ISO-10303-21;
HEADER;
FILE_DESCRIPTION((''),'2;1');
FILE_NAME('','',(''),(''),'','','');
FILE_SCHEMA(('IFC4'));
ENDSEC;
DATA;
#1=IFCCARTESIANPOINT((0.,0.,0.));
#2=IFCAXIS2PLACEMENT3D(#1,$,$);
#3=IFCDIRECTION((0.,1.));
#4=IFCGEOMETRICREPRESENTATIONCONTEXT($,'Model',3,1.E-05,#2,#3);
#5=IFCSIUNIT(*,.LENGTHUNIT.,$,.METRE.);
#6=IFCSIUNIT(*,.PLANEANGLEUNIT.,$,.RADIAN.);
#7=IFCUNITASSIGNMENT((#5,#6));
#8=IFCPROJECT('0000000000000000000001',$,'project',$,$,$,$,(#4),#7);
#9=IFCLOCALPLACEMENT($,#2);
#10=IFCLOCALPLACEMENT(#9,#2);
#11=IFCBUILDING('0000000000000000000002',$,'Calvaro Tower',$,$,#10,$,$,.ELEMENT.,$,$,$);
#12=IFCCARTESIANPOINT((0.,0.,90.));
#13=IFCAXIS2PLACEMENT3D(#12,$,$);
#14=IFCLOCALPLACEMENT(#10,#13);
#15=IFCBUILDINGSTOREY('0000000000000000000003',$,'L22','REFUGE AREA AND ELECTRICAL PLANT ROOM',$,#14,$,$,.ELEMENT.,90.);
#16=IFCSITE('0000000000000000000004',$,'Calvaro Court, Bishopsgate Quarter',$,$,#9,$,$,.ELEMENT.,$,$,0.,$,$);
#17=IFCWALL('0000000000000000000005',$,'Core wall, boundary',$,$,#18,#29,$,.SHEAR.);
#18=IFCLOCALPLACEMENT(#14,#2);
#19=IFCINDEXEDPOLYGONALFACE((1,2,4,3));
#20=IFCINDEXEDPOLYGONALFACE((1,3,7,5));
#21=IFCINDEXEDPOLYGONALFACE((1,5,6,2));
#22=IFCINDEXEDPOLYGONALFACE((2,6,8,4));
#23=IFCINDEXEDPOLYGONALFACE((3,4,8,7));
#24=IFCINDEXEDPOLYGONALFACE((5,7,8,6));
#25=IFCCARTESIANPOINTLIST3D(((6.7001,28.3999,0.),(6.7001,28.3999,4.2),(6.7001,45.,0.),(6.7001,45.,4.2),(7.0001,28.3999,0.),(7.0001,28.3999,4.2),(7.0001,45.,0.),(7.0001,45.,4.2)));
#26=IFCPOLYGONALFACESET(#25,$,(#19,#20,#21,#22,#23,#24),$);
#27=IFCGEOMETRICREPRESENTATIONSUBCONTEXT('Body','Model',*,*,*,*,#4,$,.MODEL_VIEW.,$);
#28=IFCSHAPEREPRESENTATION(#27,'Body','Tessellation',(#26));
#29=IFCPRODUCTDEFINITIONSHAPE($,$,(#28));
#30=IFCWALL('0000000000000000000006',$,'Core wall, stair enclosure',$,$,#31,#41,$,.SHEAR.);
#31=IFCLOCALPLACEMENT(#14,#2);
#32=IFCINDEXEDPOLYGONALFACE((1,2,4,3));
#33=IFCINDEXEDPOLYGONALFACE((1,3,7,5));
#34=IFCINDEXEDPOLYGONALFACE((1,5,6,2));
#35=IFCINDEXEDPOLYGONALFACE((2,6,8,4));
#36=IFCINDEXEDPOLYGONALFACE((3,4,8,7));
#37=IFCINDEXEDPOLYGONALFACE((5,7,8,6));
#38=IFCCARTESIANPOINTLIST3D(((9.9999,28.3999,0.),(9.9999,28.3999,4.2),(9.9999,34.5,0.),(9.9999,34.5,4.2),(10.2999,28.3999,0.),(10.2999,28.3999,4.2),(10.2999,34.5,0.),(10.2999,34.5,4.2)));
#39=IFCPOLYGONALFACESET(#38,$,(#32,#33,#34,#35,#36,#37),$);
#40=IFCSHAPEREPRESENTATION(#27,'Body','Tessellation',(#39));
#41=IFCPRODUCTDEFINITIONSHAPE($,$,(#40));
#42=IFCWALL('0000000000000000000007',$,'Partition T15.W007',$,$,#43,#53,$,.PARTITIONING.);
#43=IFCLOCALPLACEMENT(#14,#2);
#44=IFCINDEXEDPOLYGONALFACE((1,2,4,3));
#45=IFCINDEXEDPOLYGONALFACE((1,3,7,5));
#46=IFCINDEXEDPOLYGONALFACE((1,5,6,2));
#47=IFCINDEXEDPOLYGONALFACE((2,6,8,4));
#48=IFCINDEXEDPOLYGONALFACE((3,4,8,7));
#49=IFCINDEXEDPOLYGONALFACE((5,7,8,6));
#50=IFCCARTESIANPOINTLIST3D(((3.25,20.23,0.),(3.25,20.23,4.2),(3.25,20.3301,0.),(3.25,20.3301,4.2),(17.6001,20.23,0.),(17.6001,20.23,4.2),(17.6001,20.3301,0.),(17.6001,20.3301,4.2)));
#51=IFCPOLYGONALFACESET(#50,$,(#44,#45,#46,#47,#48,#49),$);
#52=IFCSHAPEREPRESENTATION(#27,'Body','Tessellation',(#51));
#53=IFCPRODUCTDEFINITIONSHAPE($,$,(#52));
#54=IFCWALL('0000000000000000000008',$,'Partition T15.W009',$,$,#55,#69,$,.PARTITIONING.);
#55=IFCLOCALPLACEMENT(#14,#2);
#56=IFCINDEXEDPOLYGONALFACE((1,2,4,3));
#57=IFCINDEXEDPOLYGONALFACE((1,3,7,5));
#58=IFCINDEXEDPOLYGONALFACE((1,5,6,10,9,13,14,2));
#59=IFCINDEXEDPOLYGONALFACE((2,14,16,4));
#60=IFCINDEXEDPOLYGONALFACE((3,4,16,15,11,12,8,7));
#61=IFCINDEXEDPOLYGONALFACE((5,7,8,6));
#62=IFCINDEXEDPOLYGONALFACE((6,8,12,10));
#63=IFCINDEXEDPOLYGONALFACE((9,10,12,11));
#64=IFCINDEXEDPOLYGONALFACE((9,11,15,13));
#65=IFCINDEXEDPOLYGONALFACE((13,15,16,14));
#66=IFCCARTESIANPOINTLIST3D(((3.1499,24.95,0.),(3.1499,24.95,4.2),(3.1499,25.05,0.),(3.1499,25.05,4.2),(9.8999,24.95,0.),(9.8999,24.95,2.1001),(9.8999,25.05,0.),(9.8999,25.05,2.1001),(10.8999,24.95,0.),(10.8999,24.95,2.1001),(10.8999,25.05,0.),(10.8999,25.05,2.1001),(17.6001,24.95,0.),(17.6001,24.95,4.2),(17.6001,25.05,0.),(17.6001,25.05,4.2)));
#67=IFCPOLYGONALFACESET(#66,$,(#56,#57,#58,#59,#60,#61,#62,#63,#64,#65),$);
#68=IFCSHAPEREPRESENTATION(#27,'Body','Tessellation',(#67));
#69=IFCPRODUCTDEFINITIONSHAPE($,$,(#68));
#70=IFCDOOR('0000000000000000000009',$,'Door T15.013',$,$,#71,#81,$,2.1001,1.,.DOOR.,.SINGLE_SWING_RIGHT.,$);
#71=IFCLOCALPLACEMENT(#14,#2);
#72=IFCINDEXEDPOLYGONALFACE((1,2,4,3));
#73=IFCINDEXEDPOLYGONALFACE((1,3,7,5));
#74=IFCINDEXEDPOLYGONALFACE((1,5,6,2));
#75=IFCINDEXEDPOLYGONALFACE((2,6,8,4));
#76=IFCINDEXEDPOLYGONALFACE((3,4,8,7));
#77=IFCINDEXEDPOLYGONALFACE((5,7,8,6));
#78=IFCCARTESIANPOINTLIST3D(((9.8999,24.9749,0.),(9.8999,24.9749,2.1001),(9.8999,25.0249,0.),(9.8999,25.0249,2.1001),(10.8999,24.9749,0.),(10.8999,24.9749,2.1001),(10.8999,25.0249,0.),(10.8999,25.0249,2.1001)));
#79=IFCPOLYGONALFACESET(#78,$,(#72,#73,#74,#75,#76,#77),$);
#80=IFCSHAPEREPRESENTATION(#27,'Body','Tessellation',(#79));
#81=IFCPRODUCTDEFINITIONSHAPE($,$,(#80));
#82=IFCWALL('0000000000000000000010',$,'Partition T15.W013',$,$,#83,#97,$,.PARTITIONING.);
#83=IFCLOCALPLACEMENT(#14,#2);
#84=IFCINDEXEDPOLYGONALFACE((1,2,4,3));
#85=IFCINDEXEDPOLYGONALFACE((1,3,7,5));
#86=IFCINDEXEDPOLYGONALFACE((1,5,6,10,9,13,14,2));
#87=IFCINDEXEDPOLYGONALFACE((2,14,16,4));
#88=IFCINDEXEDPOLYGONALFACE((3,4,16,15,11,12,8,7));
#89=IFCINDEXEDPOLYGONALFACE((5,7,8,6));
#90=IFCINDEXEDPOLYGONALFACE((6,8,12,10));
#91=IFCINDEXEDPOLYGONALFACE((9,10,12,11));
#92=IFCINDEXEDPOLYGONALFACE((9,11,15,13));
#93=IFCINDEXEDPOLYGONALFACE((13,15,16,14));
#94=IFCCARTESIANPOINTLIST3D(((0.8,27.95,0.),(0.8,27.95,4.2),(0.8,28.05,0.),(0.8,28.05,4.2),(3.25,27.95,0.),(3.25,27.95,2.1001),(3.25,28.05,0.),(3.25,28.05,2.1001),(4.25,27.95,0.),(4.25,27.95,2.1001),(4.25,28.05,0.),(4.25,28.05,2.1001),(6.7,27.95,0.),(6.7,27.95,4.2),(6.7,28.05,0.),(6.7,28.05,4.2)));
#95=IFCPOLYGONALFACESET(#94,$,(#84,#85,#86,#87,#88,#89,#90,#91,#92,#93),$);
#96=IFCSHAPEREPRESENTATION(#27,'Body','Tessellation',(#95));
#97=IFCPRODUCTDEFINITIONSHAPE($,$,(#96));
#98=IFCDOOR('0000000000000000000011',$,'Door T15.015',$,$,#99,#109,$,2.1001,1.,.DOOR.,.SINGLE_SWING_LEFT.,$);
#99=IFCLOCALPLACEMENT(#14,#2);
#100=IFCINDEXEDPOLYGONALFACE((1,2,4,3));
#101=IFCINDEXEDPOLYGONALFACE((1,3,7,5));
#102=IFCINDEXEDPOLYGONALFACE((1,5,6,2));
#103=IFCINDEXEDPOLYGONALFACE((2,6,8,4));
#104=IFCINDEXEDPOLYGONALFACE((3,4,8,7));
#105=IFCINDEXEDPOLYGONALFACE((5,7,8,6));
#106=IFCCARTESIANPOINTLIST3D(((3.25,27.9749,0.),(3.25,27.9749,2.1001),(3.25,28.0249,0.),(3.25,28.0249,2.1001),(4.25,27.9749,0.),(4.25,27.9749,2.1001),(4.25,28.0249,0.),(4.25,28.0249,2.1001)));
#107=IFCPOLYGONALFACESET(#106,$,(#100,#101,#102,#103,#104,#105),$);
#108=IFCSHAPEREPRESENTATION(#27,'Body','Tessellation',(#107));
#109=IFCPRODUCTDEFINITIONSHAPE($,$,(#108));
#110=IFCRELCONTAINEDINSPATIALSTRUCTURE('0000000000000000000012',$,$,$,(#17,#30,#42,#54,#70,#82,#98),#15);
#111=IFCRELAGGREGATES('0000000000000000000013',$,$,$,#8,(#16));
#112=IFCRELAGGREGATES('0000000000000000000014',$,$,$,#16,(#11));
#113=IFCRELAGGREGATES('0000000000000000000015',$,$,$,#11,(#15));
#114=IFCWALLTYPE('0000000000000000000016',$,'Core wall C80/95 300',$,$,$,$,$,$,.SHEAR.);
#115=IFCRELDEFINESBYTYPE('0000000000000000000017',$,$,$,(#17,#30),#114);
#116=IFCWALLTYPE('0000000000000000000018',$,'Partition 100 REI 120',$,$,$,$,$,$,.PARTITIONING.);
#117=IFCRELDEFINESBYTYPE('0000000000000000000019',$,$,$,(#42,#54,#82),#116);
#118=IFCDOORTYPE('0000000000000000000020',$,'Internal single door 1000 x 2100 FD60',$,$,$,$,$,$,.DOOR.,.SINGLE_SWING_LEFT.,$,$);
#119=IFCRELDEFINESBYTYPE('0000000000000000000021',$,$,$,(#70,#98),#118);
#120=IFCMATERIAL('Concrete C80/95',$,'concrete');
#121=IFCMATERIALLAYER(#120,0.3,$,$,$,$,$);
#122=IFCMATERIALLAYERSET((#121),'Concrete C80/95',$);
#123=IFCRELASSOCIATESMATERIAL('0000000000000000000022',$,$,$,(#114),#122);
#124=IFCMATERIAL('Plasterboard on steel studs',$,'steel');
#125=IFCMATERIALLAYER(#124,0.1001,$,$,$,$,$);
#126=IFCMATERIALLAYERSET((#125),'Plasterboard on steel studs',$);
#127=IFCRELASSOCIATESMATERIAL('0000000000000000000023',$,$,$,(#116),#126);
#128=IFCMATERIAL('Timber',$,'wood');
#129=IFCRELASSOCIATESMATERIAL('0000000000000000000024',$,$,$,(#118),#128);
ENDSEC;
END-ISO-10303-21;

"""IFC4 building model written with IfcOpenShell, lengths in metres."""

from ifc_helpers import new_model, si_unit, direction, frame, frame_2d, origin, place, context, subcontext, project, spatial, rectangle, extrude, material, layer, layer_set, type_object, element, fill, save


model = new_model("IFC4")

# Units and contexts
model_context = context("Model", 3, precision=1e-05, world=origin(), true_north=direction((0.0, 1.0)))
body_context = subcontext(model_context, "Body", "Model", "MODEL_VIEW")
ifc_project = project(units=[si_unit("LENGTHUNIT", "METRE"), si_unit("PLANEANGLEUNIT", "RADIAN")], contexts=[model_context])

# Site, building, storey
site_placement = place(None, origin())
site = spatial("IfcSite", under=ifc_project, at=site_placement, Name="Calvaro Court, Bishopsgate Quarter", CompositionType="ELEMENT", RefElevation=0.0)
building_placement = place(site_placement, origin())
building = spatial("IfcBuilding", under=site, at=building_placement, Name="Calvaro Tower", CompositionType="ELEMENT")
storey_placement = place(building_placement, frame((0.0, 0.0, 90.0)))
storey = spatial("IfcBuildingStorey", under=building, at=storey_placement, Name="L22", Description="REFUGE AREA AND ELECTRICAL PLANT ROOM", CompositionType="ELEMENT", Elevation=90.0)

# Walls
ifc_material_1 = material(Name="Concrete C80/95", Category="concrete")
ifc_layer_1 = layer(ifc_material_1, 0.3)
ifc_layer_set_1 = layer_set([ifc_layer_1], Name="Concrete C80/95")
wall_type_1 = type_object("IfcWallType", Name="Core wall C80/95 300", PredefinedType="SHEAR", material=ifc_layer_set_1)
wall_1_placement = place(storey_placement, frame((6.8501, 28.3999, 0.0), z_axis=(0.0, 0.0, 1.0), x_axis=(0.0, 1.0, 0.0)))
element("IfcWall", 1, at=wall_1_placement, inside=storey, type_object=wall_type_1, Name="Core wall, boundary", PredefinedType="SHEAR", context=body_context, shape_type="SweptSolid", body=[
    extrude(rectangle(XDim=16.6001, YDim=0.3, at=frame_2d((8.3, 0.0))), origin(), (0.0, 0.0, 1.0), 4.2),
])
wall_2_placement = place(storey_placement, frame((10.1499, 28.3999, 0.0), z_axis=(0.0, 0.0, 1.0), x_axis=(0.0, 1.0, 0.0)))
element("IfcWall", 2, at=wall_2_placement, inside=storey, type_object=wall_type_1, Name="Core wall, stair enclosure", PredefinedType="SHEAR", context=body_context, shape_type="SweptSolid", body=[
    extrude(rectangle(XDim=6.1001, YDim=0.3, at=frame_2d((3.05, 0.0))), origin(), (0.0, 0.0, 1.0), 4.2),
])

# Wall
ifc_material_2 = material(Name="Plasterboard on steel studs", Category="steel")
ifc_layer_2 = layer(ifc_material_2, 0.1001)
ifc_layer_set_2 = layer_set([ifc_layer_2], Name="Plasterboard on steel studs")
wall_type_2 = type_object("IfcWallType", Name="Partition 100 REI 120", PredefinedType="PARTITIONING", material=ifc_layer_set_2)
wall_3_placement = place(storey_placement, frame((3.25, 20.28, 0.0), z_axis=(0.0, 0.0, 1.0), x_axis=(1.0, 0.0, 0.0)))
element("IfcWall", 3, at=wall_3_placement, inside=storey, type_object=wall_type_2, Name="Partition T15.W007", PredefinedType="PARTITIONING", context=body_context, shape_type="SweptSolid", body=[
    extrude(rectangle(XDim=14.3501, YDim=0.1001, at=frame_2d((7.175, 0.0))), origin(), (0.0, 0.0, 1.0), 4.2),
])

# Walls, openings, doors
wall_4_placement = place(storey_placement, frame((3.1499, 25.0, 0.0), z_axis=(0.0, 0.0, 1.0), x_axis=(1.0, 0.0, 0.0)))
wall_4 = element("IfcWall", 4, at=wall_4_placement, inside=storey, type_object=wall_type_2, Name="Partition T15.W009", PredefinedType="PARTITIONING", context=body_context, shape_type="SweptSolid", body=[
    extrude(rectangle(XDim=14.4502, YDim=0.1001, at=frame_2d((7.2251, 0.0))), origin(), (0.0, 0.0, 1.0), 4.2),
])
opening_1_placement = place(wall_4_placement, frame((6.75, 0.0, 0.0)))
opening_1 = element("IfcOpeningElement", 5, at=opening_1_placement, cuts=wall_4, PredefinedType="OPENING", context=body_context, shape_type="SweptSolid", body=[
    extrude(rectangle(XDim=1.0, YDim=2.1001, at=frame_2d((0.5, 1.05))), frame((0.0, 0.0601, 0.0), z_axis=(0.0, -1.0, 0.0), x_axis=(1.0, 0.0, 0.0)), (0.0, 0.0, 1.0), 0.1201),
])
ifc_material_3 = material(Name="Timber", Category="wood")
door_type_1 = type_object("IfcDoorType", Name="Internal single door 1000 x 2100 FD60", OperationType="SINGLE_SWING_LEFT", PredefinedType="DOOR", material=ifc_material_3)
door_1_placement = place(opening_1_placement, origin())
door_1 = element("IfcDoor", 6, at=door_1_placement, inside=storey, type_object=door_type_1, Name="Door T15.013", OperationType="SINGLE_SWING_RIGHT", OverallHeight=2.1001, OverallWidth=1.0, PredefinedType="DOOR", context=body_context, shape_type="SweptSolid", body=[
    extrude(rectangle(XDim=1.0, YDim=2.1001, at=frame_2d((0.5, 1.05))), frame((0.0, 0.0249, 0.0), z_axis=(0.0, -1.0, 0.0), x_axis=(1.0, 0.0, 0.0)), (0.0, 0.0, 1.0), 0.05),
])
fill(opening_1, door_1)
wall_5_placement = place(storey_placement, frame((0.8, 28.0, 0.0), z_axis=(0.0, 0.0, 1.0), x_axis=(1.0, 0.0, 0.0)))
wall_5 = element("IfcWall", 7, at=wall_5_placement, inside=storey, type_object=wall_type_2, Name="Partition T15.W013", PredefinedType="PARTITIONING", context=body_context, shape_type="SweptSolid", body=[
    extrude(rectangle(XDim=5.8999, YDim=0.1001, at=frame_2d((2.95, 0.0))), origin(), (0.0, 0.0, 1.0), 4.2),
])
opening_2_placement = place(wall_5_placement, frame((2.45, 0.0, 0.0)))
opening_2 = element("IfcOpeningElement", 8, at=opening_2_placement, cuts=wall_5, PredefinedType="OPENING", context=body_context, shape_type="SweptSolid", body=[
    extrude(rectangle(XDim=1.0, YDim=2.1001, at=frame_2d((0.5, 1.05))), frame((0.0, 0.0601, 0.0), z_axis=(0.0, -1.0, 0.0), x_axis=(1.0, 0.0, 0.0)), (0.0, 0.0, 1.0), 0.1201),
])
door_2_placement = place(opening_2_placement, origin())
door_2 = element("IfcDoor", 9, at=door_2_placement, inside=storey, type_object=door_type_1, Name="Door T15.015", OperationType="SINGLE_SWING_LEFT", OverallHeight=2.1001, OverallWidth=1.0, PredefinedType="DOOR", context=body_context, shape_type="SweptSolid", body=[
    extrude(rectangle(XDim=1.0, YDim=2.1001, at=frame_2d((0.5, 1.05))), frame((0.0, 0.0249, 0.0), z_axis=(0.0, -1.0, 0.0), x_axis=(1.0, 0.0, 0.0)), (0.0, 0.0, 1.0), 0.05),
])
fill(opening_2, door_2)

save(model, "model.ifc")
